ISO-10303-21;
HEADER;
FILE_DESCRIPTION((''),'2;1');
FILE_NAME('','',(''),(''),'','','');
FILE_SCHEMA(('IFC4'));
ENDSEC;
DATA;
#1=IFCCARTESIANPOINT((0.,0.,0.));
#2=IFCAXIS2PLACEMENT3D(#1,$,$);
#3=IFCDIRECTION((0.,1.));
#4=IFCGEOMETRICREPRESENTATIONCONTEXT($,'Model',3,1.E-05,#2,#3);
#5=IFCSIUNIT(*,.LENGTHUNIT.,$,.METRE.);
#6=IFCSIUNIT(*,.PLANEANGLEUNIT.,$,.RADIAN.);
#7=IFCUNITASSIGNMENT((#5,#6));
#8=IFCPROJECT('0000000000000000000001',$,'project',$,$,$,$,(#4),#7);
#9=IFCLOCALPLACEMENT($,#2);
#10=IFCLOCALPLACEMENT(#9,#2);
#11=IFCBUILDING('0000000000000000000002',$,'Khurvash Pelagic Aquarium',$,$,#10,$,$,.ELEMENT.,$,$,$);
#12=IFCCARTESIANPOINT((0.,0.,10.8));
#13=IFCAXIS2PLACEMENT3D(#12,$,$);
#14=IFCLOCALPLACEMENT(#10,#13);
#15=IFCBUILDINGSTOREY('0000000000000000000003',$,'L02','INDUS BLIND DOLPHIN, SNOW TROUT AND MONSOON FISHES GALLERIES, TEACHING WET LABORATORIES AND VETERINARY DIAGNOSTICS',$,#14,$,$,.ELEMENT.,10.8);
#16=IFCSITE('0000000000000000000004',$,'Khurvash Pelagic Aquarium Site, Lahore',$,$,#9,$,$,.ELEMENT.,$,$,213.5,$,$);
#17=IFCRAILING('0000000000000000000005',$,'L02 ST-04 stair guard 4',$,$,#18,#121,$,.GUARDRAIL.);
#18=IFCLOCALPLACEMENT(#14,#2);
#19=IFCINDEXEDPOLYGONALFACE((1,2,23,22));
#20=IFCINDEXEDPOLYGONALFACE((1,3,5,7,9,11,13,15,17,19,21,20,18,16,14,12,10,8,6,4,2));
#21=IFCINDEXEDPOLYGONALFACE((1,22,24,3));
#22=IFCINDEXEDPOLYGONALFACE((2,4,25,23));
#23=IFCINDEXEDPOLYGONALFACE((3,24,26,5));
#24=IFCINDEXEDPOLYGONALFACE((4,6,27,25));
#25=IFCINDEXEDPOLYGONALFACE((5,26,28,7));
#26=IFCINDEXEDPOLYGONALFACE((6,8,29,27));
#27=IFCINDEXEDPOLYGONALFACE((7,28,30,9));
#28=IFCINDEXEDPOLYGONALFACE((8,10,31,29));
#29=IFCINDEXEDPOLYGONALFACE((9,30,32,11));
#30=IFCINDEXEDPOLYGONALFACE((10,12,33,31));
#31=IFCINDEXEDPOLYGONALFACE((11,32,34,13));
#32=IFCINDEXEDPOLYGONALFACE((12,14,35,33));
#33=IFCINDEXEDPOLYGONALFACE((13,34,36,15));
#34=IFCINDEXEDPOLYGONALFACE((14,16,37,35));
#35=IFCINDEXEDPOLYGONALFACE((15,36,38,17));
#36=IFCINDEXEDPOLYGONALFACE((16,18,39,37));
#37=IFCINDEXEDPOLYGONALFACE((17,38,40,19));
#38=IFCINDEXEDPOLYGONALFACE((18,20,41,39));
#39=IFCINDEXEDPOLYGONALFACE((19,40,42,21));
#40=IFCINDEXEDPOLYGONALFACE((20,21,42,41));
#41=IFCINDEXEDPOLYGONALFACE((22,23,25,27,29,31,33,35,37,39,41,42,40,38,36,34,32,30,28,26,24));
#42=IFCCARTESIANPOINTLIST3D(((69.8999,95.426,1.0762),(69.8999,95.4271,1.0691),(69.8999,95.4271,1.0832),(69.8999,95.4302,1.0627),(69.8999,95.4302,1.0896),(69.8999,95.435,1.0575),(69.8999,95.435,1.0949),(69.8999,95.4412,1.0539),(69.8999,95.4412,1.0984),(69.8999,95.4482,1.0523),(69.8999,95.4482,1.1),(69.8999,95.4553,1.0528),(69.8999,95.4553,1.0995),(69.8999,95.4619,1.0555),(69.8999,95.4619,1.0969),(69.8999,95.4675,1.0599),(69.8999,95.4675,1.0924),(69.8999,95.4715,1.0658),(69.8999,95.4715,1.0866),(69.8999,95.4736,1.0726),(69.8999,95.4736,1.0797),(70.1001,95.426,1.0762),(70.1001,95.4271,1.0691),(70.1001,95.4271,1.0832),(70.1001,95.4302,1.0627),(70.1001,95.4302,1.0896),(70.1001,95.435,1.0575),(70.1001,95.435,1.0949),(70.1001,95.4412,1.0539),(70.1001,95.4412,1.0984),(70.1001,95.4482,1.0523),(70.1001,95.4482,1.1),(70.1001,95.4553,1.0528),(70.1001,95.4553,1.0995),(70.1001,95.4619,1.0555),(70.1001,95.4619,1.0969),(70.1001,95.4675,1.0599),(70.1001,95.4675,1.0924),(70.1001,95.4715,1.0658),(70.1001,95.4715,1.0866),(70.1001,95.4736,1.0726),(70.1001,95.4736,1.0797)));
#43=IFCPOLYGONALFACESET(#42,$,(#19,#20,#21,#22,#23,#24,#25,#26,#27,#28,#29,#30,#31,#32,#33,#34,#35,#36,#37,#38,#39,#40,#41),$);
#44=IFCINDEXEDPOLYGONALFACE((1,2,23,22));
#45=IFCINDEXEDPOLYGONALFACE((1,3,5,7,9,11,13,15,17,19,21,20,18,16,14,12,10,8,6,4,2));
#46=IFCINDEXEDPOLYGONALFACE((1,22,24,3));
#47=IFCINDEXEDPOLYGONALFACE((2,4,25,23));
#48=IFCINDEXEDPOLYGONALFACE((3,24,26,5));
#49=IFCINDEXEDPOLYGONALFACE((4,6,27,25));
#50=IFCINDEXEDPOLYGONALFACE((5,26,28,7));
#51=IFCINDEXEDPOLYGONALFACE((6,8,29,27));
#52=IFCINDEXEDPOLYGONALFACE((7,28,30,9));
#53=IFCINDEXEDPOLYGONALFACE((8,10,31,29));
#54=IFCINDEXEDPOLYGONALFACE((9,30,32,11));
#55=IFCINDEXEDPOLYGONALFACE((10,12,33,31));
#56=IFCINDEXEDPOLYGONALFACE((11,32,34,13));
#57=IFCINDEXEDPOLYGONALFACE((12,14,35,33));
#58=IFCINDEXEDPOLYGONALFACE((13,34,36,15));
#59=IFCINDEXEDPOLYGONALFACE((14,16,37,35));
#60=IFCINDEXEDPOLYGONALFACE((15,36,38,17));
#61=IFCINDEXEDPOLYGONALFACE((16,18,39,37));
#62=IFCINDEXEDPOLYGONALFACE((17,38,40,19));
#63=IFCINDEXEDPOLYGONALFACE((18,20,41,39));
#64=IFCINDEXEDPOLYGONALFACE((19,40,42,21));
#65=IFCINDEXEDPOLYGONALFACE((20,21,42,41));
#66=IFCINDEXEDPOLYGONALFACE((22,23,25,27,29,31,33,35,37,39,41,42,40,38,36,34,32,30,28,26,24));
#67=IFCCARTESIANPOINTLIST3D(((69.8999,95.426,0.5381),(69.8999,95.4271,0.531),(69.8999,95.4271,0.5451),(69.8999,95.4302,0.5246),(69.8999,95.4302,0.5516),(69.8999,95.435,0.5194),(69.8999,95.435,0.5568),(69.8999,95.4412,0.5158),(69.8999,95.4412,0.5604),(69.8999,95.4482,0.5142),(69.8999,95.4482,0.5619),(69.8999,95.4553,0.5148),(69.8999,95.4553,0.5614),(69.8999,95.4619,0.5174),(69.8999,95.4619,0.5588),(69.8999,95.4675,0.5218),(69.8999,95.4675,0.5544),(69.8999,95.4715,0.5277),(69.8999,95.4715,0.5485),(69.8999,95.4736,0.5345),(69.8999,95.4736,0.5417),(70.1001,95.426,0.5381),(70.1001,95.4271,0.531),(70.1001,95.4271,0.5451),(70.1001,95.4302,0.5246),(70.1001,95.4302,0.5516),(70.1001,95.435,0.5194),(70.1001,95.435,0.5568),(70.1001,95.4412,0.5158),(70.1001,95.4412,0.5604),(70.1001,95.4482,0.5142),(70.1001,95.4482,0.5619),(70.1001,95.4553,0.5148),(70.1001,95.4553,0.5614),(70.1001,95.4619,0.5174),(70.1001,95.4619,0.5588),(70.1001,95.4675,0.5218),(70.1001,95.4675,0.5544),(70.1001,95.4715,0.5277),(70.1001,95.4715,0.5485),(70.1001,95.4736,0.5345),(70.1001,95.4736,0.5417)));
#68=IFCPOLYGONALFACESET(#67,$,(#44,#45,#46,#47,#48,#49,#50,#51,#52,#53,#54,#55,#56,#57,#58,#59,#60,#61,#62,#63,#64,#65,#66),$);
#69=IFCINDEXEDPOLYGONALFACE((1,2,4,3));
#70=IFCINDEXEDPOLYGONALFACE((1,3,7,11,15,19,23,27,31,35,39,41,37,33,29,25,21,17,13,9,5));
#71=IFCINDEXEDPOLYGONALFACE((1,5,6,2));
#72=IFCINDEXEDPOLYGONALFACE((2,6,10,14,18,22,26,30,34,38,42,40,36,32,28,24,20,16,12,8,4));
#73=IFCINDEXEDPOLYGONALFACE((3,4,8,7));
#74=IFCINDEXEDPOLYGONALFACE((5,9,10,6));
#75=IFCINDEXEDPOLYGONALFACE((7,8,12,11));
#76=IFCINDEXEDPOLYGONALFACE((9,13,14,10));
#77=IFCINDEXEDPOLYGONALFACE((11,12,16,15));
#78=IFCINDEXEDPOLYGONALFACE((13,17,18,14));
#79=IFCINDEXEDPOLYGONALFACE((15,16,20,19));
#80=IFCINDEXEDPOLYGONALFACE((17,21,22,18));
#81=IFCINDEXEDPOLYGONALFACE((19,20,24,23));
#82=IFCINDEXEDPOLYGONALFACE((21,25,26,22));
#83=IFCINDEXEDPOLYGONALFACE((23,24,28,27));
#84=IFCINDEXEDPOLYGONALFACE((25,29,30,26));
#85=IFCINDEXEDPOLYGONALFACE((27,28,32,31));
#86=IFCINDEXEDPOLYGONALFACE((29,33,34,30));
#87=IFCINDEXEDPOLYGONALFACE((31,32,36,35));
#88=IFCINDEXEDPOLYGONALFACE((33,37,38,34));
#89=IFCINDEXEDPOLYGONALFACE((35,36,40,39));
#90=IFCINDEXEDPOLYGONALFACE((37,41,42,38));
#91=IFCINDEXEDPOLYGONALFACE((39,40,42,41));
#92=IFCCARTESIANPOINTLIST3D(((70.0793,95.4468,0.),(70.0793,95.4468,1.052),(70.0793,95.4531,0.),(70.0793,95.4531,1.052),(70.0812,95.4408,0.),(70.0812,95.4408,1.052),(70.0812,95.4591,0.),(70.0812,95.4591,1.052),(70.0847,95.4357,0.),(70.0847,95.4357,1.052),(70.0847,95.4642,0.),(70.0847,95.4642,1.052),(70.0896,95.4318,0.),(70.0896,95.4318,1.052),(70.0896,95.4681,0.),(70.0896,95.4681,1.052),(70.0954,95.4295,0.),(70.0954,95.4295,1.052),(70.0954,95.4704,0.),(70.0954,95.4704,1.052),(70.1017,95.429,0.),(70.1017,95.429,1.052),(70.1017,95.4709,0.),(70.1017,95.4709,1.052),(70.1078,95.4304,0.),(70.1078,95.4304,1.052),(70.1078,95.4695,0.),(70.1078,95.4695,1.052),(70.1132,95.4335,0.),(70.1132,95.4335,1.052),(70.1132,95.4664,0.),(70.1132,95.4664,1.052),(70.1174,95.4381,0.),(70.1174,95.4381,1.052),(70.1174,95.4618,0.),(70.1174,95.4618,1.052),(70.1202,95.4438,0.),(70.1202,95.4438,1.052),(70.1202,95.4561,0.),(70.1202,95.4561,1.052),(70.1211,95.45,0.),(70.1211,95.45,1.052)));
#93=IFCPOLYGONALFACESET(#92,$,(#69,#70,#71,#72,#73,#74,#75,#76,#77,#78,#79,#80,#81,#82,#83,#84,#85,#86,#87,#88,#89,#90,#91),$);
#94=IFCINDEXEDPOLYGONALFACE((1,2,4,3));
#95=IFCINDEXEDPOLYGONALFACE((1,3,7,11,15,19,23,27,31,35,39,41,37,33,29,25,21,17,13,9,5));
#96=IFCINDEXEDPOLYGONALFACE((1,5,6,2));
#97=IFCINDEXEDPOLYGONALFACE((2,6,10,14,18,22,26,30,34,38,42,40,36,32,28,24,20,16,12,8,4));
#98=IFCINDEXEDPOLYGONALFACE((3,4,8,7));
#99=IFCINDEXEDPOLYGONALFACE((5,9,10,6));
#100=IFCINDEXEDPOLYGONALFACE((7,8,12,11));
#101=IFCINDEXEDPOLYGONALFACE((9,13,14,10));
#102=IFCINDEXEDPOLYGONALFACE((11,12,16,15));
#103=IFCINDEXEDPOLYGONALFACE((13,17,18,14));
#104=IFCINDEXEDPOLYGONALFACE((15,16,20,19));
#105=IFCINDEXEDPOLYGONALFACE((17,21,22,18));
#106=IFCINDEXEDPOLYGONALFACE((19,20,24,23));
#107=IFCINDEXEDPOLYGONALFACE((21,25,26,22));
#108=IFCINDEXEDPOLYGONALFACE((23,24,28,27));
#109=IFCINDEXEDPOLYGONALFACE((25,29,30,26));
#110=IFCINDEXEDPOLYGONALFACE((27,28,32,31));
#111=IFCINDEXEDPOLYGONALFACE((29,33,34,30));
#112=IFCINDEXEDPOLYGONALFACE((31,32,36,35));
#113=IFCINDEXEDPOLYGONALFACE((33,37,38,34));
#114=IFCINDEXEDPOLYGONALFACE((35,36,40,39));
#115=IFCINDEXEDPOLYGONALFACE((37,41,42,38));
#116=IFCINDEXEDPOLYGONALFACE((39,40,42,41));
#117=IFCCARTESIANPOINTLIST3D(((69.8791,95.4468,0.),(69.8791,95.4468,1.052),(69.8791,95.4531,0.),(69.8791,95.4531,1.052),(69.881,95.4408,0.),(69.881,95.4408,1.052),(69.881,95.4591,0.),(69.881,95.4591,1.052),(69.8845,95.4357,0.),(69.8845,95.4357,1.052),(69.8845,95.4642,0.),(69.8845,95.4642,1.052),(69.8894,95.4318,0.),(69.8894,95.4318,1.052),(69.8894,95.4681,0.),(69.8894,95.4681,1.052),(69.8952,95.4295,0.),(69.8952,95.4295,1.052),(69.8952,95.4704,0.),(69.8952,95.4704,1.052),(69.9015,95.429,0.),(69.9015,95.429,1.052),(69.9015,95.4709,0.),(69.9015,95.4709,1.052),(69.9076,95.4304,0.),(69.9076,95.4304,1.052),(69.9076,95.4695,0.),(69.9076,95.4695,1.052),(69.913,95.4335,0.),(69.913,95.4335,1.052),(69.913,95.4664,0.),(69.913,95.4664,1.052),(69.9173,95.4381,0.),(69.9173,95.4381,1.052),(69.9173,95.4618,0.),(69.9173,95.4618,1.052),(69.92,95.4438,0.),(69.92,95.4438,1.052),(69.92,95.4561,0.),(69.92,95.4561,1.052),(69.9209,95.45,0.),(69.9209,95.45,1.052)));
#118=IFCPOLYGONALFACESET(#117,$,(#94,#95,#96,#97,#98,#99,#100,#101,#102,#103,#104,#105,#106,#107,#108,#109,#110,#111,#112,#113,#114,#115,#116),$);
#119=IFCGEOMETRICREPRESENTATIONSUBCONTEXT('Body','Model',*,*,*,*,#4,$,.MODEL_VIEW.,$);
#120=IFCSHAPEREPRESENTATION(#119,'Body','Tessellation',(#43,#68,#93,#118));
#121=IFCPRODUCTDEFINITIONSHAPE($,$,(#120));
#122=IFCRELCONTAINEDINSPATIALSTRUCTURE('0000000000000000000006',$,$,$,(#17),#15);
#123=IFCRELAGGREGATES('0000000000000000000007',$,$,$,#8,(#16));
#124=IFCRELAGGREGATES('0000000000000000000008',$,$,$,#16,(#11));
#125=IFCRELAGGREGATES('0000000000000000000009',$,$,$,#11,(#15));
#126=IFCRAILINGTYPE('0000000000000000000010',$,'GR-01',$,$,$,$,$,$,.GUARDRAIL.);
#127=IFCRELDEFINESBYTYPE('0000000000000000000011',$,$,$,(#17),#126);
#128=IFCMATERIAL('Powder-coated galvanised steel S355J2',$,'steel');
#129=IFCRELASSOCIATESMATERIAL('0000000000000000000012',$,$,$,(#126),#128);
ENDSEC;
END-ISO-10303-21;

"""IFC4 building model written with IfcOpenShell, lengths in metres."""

from ifc_helpers import new_model, si_unit, direction, frame, origin, origin_2d, place, context, subcontext, project, spatial, circle, extrude, material, type_object, element, save


model = new_model("IFC4")

# Units and contexts
model_context = context("Model", 3, precision=1e-05, world=origin(), true_north=direction((0.0, 1.0)))
body_context = subcontext(model_context, "Body", "Model", "MODEL_VIEW")
ifc_project = project(units=[si_unit("LENGTHUNIT", "METRE"), si_unit("PLANEANGLEUNIT", "RADIAN")], contexts=[model_context])

# Site, building, storey
site_placement = place(None, origin())
site = spatial("IfcSite", under=ifc_project, at=site_placement, Name="Khurvash Pelagic Aquarium Site, Lahore", CompositionType="ELEMENT", RefElevation=213.5)
building_placement = place(site_placement, origin())
building = spatial("IfcBuilding", under=site, at=building_placement, Name="Khurvash Pelagic Aquarium", CompositionType="ELEMENT")
storey_placement = place(building_placement, frame((0.0, 0.0, 10.8)))
storey = spatial("IfcBuildingStorey", under=building, at=storey_placement, Name="L02", Description="INDUS BLIND DOLPHIN, SNOW TROUT AND MONSOON FISHES GALLERIES, TEACHING WET LABORATORIES AND VETERINARY DIAGNOSTICS", CompositionType="ELEMENT", Elevation=10.8)

# Railing
ifc_material_1 = material(Name="Powder-coated galvanised steel S355J2", Category="steel")
railing_type_1 = type_object("IfcRailingType", Name="GR-01", PredefinedType="GUARDRAIL", material=ifc_material_1)
railing_1_placement = place(storey_placement, frame((70.1001, 95.45, 0.0)))
element("IfcRailing", 1, at=railing_1_placement, inside=storey, type_object=railing_type_1, Name="L02 ST-04 stair guard 4", PredefinedType="GUARDRAIL", context=body_context, shape_type="SweptSolid", body=[
    extrude(circle(Radius=0.0239, at=origin_2d()), frame((0.0, 0.0, 1.0762), z_axis=(-1.0, 0.0, 0.0), x_axis=(0.0, -1.0, 0.0)), (0.0, 0.0, 1.0), 0.2002),
    extrude(circle(Radius=0.0239, at=origin_2d()), frame((0.0, 0.0, 0.5381), z_axis=(-1.0, 0.0, 0.0), x_axis=(0.0, -1.0, 0.0)), (0.0, 0.0, 1.0), 0.2002),
    extrude(circle(Radius=0.021, at=origin_2d()), origin(), (0.0, 0.0, 1.0), 1.052),
    extrude(circle(Radius=0.021, at=origin_2d()), frame((-0.2002, 0.0, 0.0)), (0.0, 0.0, 1.0), 1.052),
])

save(model, "model.ifc")
